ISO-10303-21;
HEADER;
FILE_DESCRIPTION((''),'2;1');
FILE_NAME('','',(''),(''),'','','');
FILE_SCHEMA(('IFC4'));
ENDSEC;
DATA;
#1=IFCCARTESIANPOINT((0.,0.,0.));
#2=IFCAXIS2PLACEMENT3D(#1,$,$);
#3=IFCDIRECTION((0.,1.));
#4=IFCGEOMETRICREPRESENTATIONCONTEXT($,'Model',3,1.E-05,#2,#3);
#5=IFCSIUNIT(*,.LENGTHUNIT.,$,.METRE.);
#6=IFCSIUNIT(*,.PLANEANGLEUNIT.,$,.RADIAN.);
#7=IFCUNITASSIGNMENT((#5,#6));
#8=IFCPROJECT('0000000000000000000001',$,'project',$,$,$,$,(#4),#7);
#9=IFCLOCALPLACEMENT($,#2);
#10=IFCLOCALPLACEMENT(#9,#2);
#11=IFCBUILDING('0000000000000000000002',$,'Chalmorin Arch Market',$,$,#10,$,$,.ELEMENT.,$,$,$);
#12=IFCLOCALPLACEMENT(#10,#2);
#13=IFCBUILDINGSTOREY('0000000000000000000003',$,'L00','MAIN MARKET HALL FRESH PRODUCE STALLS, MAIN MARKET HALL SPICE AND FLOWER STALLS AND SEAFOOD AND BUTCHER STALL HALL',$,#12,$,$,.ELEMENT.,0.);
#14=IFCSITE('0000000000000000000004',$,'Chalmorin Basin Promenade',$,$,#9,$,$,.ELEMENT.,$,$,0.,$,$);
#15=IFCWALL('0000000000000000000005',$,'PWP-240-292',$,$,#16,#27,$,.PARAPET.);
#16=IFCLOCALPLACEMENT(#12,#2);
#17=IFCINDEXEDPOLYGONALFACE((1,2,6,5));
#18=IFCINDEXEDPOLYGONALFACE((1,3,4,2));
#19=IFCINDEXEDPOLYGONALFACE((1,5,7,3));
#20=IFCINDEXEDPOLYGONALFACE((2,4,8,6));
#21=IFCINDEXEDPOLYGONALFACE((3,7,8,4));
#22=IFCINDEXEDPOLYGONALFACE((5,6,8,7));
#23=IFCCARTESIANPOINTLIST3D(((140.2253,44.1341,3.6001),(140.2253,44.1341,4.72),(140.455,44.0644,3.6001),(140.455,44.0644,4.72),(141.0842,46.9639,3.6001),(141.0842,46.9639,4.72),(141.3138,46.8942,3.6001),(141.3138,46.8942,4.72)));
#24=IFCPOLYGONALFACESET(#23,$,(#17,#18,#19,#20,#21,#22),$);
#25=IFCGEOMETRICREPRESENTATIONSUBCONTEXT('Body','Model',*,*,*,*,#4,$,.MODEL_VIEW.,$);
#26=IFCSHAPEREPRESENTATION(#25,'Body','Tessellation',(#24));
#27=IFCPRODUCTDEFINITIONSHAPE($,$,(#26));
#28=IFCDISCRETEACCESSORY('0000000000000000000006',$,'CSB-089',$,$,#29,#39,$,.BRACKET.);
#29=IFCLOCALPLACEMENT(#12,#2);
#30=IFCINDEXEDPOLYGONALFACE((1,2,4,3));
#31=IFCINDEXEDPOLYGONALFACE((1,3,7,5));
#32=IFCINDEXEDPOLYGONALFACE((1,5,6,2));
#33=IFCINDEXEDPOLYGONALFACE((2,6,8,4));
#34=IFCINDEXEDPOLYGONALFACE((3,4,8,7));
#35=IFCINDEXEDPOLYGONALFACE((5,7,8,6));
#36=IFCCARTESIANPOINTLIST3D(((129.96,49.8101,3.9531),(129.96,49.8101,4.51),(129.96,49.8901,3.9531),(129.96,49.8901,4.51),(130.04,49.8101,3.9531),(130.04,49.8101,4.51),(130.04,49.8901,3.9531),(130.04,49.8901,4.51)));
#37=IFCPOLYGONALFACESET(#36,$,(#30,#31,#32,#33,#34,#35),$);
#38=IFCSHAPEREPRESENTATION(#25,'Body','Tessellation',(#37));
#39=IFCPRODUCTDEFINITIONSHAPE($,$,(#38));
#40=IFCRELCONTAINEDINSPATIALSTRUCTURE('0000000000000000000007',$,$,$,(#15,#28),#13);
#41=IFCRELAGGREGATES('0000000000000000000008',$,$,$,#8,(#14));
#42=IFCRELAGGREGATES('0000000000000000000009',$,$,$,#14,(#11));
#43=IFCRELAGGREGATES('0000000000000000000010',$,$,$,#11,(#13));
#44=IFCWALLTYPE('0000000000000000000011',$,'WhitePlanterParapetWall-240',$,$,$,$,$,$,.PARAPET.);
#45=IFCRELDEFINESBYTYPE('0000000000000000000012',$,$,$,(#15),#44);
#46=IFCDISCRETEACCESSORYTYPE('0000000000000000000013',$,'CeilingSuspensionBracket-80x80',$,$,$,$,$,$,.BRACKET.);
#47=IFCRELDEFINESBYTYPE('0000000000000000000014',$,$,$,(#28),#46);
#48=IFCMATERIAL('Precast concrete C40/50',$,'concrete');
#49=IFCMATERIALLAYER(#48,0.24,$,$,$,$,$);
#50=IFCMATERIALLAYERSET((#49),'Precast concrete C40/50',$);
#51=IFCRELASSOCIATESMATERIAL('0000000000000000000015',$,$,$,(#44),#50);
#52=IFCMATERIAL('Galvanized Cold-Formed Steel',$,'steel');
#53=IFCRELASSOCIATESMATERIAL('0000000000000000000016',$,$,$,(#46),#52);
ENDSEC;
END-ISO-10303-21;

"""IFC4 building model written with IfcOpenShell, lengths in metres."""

from ifc_helpers import new_model, si_unit, direction, frame, frame_2d, origin, origin_2d, place, context, subcontext, project, spatial, rectangle, extrude, material, layer, layer_set, type_object, element, save


model = new_model("IFC4")

# Units and contexts
model_context = context("Model", 3, precision=1e-05, world=origin(), true_north=direction((0.0, 1.0)))
body_context = subcontext(model_context, "Body", "Model", "MODEL_VIEW")
ifc_project = project(units=[si_unit("LENGTHUNIT", "METRE"), si_unit("PLANEANGLEUNIT", "RADIAN")], contexts=[model_context])

# Site, building, storey
site_placement = place(None, origin())
site = spatial("IfcSite", under=ifc_project, at=site_placement, Name="Chalmorin Basin Promenade", CompositionType="ELEMENT", RefElevation=0.0)
building_placement = place(site_placement, origin())
building = spatial("IfcBuilding", under=site, at=building_placement, Name="Chalmorin Arch Market", CompositionType="ELEMENT")
storey_placement = place(building_placement, origin())
storey = spatial("IfcBuildingStorey", under=building, at=storey_placement, Name="L00", Description="MAIN MARKET HALL FRESH PRODUCE STALLS, MAIN MARKET HALL SPICE AND FLOWER STALLS AND SEAFOOD AND BUTCHER STALL HALL", CompositionType="ELEMENT", Elevation=0.0)

# Wall
ifc_material_1 = material(Name="Precast concrete C40/50", Category="concrete")
ifc_layer_1 = layer(ifc_material_1, 0.24)
ifc_layer_set_1 = layer_set([ifc_layer_1], Name="Precast concrete C40/50")
wall_type_1 = type_object("IfcWallType", Name="WhitePlanterParapetWall-240", PredefinedType="PARAPET", material=ifc_layer_set_1)
wall_1_placement = place(storey_placement, frame((141.199, 46.929, 3.6001), z_axis=(0.0, 0.0, 1.0), x_axis=(-0.290429, -0.956897, 0.0)))
element("IfcWall", 1, at=wall_1_placement, inside=storey, type_object=wall_type_1, Name="PWP-240-292", PredefinedType="PARAPET", context=body_context, shape_type="SweptSolid", body=[
    extrude(rectangle(XDim=2.9573, YDim=0.24, at=frame_2d((1.4785, 0.0))), origin(), (0.0, 0.0, 1.0), 1.1199),
])

# Discrete accessory
ifc_material_2 = material(Name="Galvanized Cold-Formed Steel", Category="steel")
discrete_accessory_type = type_object("IfcDiscreteAccessoryType", Name="CeilingSuspensionBracket-80x80", PredefinedType="BRACKET", material=ifc_material_2)
discrete_accessory_placement = place(storey_placement, frame((130.0, 49.8501, 3.9531), z_axis=(0.0, 0.0, 1.0), x_axis=(1.0, 0.0, 0.0)))
element("IfcDiscreteAccessory", 2, at=discrete_accessory_placement, inside=storey, type_object=discrete_accessory_type, Name="CSB-089", PredefinedType="BRACKET", context=body_context, shape_type="SweptSolid", body=[
    extrude(rectangle(XDim=0.0801, YDim=0.0801, at=origin_2d()), origin(), (0.0, 0.0, 1.0), 0.5569),
])

save(model, "model.ifc")
